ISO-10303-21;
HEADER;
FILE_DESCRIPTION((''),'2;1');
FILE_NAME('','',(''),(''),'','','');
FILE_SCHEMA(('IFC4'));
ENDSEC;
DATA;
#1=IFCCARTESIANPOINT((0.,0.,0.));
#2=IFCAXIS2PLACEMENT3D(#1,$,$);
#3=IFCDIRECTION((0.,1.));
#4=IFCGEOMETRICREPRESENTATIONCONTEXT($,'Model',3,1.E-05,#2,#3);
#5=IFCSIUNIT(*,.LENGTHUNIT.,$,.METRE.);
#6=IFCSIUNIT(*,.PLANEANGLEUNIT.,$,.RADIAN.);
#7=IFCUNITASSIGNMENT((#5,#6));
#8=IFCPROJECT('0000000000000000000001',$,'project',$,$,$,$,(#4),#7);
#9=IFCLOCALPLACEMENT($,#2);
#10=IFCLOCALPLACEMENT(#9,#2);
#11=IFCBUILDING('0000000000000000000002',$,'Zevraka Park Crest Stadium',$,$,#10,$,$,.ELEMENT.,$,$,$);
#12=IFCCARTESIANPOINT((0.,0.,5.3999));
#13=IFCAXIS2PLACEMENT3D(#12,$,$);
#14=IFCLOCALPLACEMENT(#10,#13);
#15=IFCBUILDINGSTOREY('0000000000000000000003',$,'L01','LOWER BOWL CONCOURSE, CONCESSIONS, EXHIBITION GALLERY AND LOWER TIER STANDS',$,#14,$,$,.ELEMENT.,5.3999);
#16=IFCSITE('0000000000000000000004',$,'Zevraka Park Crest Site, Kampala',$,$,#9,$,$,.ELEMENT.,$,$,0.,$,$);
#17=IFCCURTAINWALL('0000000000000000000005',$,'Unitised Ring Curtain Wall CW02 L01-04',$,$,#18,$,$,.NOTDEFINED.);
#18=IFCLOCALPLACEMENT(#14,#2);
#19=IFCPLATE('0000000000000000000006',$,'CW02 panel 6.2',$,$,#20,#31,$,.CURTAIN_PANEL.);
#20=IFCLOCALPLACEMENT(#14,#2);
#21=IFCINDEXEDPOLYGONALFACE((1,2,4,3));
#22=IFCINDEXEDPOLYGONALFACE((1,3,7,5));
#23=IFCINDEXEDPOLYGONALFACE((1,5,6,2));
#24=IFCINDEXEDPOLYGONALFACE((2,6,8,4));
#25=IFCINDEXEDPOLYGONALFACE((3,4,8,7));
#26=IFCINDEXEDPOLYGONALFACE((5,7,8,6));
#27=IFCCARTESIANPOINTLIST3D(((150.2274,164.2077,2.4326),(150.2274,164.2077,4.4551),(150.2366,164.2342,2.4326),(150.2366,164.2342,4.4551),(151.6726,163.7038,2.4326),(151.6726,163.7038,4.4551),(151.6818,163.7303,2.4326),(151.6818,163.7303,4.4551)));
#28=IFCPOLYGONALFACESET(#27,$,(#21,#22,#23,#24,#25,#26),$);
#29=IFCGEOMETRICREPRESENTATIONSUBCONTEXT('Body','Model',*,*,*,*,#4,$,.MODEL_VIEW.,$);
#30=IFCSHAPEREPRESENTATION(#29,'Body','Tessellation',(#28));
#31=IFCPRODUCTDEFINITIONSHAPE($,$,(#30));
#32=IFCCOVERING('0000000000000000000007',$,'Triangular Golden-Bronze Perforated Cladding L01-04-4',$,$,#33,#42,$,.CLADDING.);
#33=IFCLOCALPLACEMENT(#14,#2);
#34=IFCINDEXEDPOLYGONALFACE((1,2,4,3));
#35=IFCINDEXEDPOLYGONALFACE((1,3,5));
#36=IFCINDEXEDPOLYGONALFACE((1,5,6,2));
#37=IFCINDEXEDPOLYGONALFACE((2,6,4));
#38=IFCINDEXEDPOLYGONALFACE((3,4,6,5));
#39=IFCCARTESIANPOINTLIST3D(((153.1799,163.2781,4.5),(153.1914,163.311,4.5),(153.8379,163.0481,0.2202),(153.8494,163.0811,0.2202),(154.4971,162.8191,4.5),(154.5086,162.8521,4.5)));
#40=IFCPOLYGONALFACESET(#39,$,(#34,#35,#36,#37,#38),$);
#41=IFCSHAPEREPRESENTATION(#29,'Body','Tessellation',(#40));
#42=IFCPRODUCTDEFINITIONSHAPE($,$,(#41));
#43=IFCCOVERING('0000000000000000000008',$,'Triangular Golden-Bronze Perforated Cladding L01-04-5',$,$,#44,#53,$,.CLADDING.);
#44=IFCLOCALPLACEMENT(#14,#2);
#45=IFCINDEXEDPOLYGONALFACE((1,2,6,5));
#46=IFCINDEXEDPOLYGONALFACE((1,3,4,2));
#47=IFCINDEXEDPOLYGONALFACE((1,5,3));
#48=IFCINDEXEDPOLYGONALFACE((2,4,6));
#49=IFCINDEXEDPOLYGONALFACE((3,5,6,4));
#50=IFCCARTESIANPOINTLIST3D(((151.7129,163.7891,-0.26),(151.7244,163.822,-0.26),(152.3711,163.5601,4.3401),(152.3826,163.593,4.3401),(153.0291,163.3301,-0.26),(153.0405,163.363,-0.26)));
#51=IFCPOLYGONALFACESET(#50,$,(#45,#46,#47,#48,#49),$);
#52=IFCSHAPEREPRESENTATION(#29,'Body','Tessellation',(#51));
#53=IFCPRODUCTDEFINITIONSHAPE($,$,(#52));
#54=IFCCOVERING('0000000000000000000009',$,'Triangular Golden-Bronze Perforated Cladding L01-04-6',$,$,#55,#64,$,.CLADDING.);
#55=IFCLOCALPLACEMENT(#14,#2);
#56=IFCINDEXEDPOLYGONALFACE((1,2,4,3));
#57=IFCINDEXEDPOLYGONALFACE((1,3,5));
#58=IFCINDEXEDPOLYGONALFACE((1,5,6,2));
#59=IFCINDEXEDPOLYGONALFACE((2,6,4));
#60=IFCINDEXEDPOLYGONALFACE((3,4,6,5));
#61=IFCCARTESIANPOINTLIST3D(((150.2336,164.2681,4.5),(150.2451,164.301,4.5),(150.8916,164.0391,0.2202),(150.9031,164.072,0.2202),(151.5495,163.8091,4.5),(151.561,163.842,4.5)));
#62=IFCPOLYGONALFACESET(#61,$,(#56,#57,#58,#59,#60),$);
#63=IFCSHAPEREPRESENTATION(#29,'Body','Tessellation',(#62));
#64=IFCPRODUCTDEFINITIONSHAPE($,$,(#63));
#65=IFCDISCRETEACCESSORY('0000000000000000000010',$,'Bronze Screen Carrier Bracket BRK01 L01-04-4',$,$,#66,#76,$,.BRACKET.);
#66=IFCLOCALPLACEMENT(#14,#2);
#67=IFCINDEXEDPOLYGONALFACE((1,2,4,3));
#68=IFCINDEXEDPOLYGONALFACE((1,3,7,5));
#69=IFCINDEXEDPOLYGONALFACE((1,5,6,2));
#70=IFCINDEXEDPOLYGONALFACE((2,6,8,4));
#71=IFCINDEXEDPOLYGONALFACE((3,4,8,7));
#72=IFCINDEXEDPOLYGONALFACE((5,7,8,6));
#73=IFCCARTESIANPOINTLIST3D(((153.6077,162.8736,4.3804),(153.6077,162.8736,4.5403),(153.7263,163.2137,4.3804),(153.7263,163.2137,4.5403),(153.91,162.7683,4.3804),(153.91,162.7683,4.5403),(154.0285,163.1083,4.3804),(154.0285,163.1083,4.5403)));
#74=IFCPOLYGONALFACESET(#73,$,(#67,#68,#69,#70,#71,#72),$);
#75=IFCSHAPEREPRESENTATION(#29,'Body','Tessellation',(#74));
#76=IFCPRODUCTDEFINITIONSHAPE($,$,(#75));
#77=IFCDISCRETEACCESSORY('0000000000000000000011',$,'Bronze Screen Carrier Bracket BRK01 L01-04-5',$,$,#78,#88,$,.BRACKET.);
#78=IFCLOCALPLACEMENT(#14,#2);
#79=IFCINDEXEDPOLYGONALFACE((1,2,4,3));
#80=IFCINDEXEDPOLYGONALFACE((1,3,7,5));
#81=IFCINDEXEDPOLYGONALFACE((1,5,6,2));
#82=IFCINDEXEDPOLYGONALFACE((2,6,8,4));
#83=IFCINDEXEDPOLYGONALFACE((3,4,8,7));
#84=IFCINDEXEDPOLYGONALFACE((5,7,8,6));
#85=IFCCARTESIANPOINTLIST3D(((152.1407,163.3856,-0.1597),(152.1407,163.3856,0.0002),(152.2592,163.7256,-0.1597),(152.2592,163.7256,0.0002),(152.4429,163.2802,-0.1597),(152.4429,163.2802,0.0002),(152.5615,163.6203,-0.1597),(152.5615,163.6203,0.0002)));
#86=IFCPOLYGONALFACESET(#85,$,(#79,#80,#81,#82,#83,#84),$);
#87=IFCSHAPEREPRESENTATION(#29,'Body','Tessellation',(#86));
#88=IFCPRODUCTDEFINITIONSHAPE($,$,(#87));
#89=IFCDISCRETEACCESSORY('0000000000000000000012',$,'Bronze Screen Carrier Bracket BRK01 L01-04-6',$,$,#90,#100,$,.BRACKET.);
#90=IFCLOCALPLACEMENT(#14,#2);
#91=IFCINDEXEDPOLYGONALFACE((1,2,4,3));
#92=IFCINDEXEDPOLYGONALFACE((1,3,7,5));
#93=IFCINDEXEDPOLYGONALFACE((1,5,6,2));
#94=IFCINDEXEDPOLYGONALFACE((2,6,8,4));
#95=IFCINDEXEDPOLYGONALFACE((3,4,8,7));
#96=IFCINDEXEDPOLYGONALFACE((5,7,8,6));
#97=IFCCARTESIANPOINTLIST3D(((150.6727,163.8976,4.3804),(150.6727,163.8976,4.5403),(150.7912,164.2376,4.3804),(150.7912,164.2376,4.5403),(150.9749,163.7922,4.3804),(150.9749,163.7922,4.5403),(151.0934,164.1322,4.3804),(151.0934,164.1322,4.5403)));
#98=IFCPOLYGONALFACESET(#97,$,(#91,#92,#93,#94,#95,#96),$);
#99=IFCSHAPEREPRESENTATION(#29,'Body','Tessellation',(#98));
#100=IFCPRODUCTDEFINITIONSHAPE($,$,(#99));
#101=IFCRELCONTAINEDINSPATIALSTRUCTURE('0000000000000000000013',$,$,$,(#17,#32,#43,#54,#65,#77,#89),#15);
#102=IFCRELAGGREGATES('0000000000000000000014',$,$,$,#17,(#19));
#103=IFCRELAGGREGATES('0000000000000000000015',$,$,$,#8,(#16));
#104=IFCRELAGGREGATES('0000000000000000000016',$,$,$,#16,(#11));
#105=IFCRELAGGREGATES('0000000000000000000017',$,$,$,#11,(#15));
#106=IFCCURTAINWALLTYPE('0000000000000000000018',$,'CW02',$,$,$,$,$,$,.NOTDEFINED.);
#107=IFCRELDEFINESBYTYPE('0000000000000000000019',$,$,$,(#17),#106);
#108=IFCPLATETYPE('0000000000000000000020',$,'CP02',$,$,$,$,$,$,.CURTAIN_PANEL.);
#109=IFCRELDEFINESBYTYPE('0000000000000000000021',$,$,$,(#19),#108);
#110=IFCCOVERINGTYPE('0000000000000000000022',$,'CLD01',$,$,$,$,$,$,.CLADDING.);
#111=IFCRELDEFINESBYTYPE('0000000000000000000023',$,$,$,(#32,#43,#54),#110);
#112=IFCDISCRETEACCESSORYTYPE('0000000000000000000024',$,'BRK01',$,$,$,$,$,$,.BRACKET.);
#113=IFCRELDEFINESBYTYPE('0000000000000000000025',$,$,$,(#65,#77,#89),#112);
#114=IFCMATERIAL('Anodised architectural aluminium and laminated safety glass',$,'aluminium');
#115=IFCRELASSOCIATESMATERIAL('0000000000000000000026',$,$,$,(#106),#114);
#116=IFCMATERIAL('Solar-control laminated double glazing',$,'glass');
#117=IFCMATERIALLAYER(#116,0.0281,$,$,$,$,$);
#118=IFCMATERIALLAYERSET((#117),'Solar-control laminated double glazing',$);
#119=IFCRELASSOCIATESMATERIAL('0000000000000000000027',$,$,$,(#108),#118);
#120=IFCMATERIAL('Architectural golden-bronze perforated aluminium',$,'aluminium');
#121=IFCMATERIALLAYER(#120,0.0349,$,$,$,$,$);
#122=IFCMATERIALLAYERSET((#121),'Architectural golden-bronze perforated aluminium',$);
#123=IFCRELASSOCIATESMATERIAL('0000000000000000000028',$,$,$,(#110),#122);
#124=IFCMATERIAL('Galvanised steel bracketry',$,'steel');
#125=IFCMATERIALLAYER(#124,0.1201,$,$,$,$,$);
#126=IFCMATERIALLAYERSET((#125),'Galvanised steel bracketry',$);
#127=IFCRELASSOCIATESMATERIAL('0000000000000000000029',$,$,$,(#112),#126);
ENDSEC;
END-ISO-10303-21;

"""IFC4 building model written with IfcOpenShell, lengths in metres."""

from ifc_helpers import new_model, si_unit, direction, frame, origin, origin_2d, place, context, subcontext, project, spatial, polyline, rectangle, outline, extrude, material, layer, layer_set, type_object, element, aggregate, save


model = new_model("IFC4")

# Units and contexts
model_context = context("Model", 3, precision=1e-05, world=origin(), true_north=direction((0.0, 1.0)))
body_context = subcontext(model_context, "Body", "Model", "MODEL_VIEW")
ifc_project = project(units=[si_unit("LENGTHUNIT", "METRE"), si_unit("PLANEANGLEUNIT", "RADIAN")], contexts=[model_context])

# Site, building, storey
site_placement = place(None, origin())
site = spatial("IfcSite", under=ifc_project, at=site_placement, Name="Zevraka Park Crest Site, Kampala", CompositionType="ELEMENT", RefElevation=0.0)
building_placement = place(site_placement, origin())
building = spatial("IfcBuilding", under=site, at=building_placement, Name="Zevraka Park Crest Stadium", CompositionType="ELEMENT")
storey_placement = place(building_placement, frame((0.0, 0.0, 5.3999)))
storey = spatial("IfcBuildingStorey", under=building, at=storey_placement, Name="L01", Description="LOWER BOWL CONCOURSE, CONCESSIONS, EXHIBITION GALLERY AND LOWER TIER STANDS", CompositionType="ELEMENT", Elevation=5.3999)

# Curtain wall, plate
ifc_material_1 = material(Name="Anodised architectural aluminium and laminated safety glass", Category="aluminium")
curtain_wall_type = type_object("IfcCurtainWallType", Name="CW02", PredefinedType="NOTDEFINED", material=ifc_material_1)
curtain_wall_placement = place(storey_placement, origin())
curtain_wall = element("IfcCurtainWall", 1, at=curtain_wall_placement, inside=storey, type_object=curtain_wall_type, Name="Unitised Ring Curtain Wall CW02 L01-04", PredefinedType="NOTDEFINED")
ifc_material_2 = material(Name="Solar-control laminated double glazing", Category="glass")
ifc_layer_1 = layer(ifc_material_2, 0.0281)
ifc_layer_set_1 = layer_set([ifc_layer_1], Name="Solar-control laminated double glazing")
plate_type = type_object("IfcPlateType", Name="CP02", PredefinedType="CURTAIN_PANEL", material=ifc_layer_set_1)
plate_1_placement = place(storey_placement, frame((150.9546, 163.969, 2.4326), z_axis=(0.0, 0.0, 1.0), x_axis=(-0.944257, 0.329209, 0.0)))
plate_1 = element("IfcPlate", 2, at=plate_1_placement, type_object=plate_type, Name="CW02 panel 6.2", PredefinedType="CURTAIN_PANEL", context=body_context, shape_type="SweptSolid", body=[
    extrude(rectangle(XDim=1.5305, YDim=0.0281, at=origin_2d()), origin(), (0.0, 0.0, 1.0), 2.0225),
])
aggregate(curtain_wall, [plate_1])

# Coverings
ifc_material_3 = material(Name="Architectural golden-bronze perforated aluminium", Category="aluminium")
ifc_layer_2 = layer(ifc_material_3, 0.0349)
ifc_layer_set_2 = layer_set([ifc_layer_2], Name="Architectural golden-bronze perforated aluminium")
covering_type = type_object("IfcCoveringType", Name="CLD01", PredefinedType="CLADDING", material=ifc_layer_set_2)
covering_1_placement = place(storey_placement, frame((153.1799, 163.2781, 4.5), z_axis=(-0.329064, -0.944308, 0.000155), x_axis=(0.944308, -0.329064, 0.0)))
element("IfcCovering", 3, at=covering_1_placement, inside=storey, type_object=covering_type, Name="Triangular Golden-Bronze Perforated Cladding L01-04-4", PredefinedType="CLADDING", context=body_context, shape_type="SweptSolid", body=[
    extrude(outline(polyline([(0.0, 0.0), (1.3948, 0.0), (0.697, -4.2798), (0.0, 0.0)])), origin(), (0.0, 0.0, -1.0), 0.0349),
])
covering_2_placement = place(storey_placement, frame((153.0291, 163.3301, -0.26), z_axis=(-0.329281, -0.944232, 0.000109), x_axis=(-0.944232, 0.329281, 0.0)))
element("IfcCovering", 4, at=covering_2_placement, inside=storey, type_object=covering_type, Name="Triangular Golden-Bronze Perforated Cladding L01-04-5", PredefinedType="CLADDING", context=body_context, shape_type="SweptSolid", body=[
    extrude(outline(polyline([(0.0, 0.0), (1.3939, 0.0), (0.697, -4.6001), (0.0, 0.0)])), origin(), (0.0, 0.0, -1.0), 0.0349),
])
covering_3_placement = place(storey_placement, frame((150.2451, 164.301, 4.5), z_axis=(0.329336, 0.944213, 0.000108), x_axis=(0.944213, -0.329336, 0.0)))
element("IfcCovering", 5, at=covering_3_placement, inside=storey, type_object=covering_type, Name="Triangular Golden-Bronze Perforated Cladding L01-04-6", PredefinedType="CLADDING", context=body_context, shape_type="SweptSolid", body=[
    extrude(outline(polyline([(0.0, 0.0), (1.3937, 0.0), (0.6967, 4.2798), (0.0, 0.0)])), origin(), (0.0, 0.0, -1.0), 0.0349),
])

# Discrete accessories
ifc_material_4 = material(Name="Galvanised steel bracketry", Category="steel")
ifc_layer_3 = layer(ifc_material_4, 0.1201)
ifc_layer_set_3 = layer_set([ifc_layer_3], Name="Galvanised steel bracketry")
discrete_accessory_type = type_object("IfcDiscreteAccessoryType", Name="BRK01", PredefinedType="BRACKET", material=ifc_layer_set_3)
for number, where, z_axis, x_axis, name in (
    (6, (153.8181, 162.991, 4.3804), (0.0, 0.0, 1.0), (-0.944262, 0.329196, 0.0), "Bronze Screen Carrier Bracket BRK01 L01-04-4"),
    (7, (152.3511, 163.5029, -0.1597), (0.0, 0.0, 1.0), (-0.944262, 0.329196, 0.0), "Bronze Screen Carrier Bracket BRK01 L01-04-5"),
    (8, (150.8831, 164.0149, 4.3804), (0.0, 0.0, 1.0), (-0.944262, 0.329196, 0.0), "Bronze Screen Carrier Bracket BRK01 L01-04-6"),
):
    element("IfcDiscreteAccessory", number, at=place(storey_placement, frame(where, z_axis=z_axis, x_axis=x_axis)), inside=storey, type_object=discrete_accessory_type, Name=name, PredefinedType="BRACKET", context=body_context, shape_type="SweptSolid", body=[
        extrude(rectangle(XDim=0.3201, YDim=0.3601, at=origin_2d()), origin(), (0.0, 0.0, 1.0), 0.1599),
    ])

save(model, "model.ifc")
